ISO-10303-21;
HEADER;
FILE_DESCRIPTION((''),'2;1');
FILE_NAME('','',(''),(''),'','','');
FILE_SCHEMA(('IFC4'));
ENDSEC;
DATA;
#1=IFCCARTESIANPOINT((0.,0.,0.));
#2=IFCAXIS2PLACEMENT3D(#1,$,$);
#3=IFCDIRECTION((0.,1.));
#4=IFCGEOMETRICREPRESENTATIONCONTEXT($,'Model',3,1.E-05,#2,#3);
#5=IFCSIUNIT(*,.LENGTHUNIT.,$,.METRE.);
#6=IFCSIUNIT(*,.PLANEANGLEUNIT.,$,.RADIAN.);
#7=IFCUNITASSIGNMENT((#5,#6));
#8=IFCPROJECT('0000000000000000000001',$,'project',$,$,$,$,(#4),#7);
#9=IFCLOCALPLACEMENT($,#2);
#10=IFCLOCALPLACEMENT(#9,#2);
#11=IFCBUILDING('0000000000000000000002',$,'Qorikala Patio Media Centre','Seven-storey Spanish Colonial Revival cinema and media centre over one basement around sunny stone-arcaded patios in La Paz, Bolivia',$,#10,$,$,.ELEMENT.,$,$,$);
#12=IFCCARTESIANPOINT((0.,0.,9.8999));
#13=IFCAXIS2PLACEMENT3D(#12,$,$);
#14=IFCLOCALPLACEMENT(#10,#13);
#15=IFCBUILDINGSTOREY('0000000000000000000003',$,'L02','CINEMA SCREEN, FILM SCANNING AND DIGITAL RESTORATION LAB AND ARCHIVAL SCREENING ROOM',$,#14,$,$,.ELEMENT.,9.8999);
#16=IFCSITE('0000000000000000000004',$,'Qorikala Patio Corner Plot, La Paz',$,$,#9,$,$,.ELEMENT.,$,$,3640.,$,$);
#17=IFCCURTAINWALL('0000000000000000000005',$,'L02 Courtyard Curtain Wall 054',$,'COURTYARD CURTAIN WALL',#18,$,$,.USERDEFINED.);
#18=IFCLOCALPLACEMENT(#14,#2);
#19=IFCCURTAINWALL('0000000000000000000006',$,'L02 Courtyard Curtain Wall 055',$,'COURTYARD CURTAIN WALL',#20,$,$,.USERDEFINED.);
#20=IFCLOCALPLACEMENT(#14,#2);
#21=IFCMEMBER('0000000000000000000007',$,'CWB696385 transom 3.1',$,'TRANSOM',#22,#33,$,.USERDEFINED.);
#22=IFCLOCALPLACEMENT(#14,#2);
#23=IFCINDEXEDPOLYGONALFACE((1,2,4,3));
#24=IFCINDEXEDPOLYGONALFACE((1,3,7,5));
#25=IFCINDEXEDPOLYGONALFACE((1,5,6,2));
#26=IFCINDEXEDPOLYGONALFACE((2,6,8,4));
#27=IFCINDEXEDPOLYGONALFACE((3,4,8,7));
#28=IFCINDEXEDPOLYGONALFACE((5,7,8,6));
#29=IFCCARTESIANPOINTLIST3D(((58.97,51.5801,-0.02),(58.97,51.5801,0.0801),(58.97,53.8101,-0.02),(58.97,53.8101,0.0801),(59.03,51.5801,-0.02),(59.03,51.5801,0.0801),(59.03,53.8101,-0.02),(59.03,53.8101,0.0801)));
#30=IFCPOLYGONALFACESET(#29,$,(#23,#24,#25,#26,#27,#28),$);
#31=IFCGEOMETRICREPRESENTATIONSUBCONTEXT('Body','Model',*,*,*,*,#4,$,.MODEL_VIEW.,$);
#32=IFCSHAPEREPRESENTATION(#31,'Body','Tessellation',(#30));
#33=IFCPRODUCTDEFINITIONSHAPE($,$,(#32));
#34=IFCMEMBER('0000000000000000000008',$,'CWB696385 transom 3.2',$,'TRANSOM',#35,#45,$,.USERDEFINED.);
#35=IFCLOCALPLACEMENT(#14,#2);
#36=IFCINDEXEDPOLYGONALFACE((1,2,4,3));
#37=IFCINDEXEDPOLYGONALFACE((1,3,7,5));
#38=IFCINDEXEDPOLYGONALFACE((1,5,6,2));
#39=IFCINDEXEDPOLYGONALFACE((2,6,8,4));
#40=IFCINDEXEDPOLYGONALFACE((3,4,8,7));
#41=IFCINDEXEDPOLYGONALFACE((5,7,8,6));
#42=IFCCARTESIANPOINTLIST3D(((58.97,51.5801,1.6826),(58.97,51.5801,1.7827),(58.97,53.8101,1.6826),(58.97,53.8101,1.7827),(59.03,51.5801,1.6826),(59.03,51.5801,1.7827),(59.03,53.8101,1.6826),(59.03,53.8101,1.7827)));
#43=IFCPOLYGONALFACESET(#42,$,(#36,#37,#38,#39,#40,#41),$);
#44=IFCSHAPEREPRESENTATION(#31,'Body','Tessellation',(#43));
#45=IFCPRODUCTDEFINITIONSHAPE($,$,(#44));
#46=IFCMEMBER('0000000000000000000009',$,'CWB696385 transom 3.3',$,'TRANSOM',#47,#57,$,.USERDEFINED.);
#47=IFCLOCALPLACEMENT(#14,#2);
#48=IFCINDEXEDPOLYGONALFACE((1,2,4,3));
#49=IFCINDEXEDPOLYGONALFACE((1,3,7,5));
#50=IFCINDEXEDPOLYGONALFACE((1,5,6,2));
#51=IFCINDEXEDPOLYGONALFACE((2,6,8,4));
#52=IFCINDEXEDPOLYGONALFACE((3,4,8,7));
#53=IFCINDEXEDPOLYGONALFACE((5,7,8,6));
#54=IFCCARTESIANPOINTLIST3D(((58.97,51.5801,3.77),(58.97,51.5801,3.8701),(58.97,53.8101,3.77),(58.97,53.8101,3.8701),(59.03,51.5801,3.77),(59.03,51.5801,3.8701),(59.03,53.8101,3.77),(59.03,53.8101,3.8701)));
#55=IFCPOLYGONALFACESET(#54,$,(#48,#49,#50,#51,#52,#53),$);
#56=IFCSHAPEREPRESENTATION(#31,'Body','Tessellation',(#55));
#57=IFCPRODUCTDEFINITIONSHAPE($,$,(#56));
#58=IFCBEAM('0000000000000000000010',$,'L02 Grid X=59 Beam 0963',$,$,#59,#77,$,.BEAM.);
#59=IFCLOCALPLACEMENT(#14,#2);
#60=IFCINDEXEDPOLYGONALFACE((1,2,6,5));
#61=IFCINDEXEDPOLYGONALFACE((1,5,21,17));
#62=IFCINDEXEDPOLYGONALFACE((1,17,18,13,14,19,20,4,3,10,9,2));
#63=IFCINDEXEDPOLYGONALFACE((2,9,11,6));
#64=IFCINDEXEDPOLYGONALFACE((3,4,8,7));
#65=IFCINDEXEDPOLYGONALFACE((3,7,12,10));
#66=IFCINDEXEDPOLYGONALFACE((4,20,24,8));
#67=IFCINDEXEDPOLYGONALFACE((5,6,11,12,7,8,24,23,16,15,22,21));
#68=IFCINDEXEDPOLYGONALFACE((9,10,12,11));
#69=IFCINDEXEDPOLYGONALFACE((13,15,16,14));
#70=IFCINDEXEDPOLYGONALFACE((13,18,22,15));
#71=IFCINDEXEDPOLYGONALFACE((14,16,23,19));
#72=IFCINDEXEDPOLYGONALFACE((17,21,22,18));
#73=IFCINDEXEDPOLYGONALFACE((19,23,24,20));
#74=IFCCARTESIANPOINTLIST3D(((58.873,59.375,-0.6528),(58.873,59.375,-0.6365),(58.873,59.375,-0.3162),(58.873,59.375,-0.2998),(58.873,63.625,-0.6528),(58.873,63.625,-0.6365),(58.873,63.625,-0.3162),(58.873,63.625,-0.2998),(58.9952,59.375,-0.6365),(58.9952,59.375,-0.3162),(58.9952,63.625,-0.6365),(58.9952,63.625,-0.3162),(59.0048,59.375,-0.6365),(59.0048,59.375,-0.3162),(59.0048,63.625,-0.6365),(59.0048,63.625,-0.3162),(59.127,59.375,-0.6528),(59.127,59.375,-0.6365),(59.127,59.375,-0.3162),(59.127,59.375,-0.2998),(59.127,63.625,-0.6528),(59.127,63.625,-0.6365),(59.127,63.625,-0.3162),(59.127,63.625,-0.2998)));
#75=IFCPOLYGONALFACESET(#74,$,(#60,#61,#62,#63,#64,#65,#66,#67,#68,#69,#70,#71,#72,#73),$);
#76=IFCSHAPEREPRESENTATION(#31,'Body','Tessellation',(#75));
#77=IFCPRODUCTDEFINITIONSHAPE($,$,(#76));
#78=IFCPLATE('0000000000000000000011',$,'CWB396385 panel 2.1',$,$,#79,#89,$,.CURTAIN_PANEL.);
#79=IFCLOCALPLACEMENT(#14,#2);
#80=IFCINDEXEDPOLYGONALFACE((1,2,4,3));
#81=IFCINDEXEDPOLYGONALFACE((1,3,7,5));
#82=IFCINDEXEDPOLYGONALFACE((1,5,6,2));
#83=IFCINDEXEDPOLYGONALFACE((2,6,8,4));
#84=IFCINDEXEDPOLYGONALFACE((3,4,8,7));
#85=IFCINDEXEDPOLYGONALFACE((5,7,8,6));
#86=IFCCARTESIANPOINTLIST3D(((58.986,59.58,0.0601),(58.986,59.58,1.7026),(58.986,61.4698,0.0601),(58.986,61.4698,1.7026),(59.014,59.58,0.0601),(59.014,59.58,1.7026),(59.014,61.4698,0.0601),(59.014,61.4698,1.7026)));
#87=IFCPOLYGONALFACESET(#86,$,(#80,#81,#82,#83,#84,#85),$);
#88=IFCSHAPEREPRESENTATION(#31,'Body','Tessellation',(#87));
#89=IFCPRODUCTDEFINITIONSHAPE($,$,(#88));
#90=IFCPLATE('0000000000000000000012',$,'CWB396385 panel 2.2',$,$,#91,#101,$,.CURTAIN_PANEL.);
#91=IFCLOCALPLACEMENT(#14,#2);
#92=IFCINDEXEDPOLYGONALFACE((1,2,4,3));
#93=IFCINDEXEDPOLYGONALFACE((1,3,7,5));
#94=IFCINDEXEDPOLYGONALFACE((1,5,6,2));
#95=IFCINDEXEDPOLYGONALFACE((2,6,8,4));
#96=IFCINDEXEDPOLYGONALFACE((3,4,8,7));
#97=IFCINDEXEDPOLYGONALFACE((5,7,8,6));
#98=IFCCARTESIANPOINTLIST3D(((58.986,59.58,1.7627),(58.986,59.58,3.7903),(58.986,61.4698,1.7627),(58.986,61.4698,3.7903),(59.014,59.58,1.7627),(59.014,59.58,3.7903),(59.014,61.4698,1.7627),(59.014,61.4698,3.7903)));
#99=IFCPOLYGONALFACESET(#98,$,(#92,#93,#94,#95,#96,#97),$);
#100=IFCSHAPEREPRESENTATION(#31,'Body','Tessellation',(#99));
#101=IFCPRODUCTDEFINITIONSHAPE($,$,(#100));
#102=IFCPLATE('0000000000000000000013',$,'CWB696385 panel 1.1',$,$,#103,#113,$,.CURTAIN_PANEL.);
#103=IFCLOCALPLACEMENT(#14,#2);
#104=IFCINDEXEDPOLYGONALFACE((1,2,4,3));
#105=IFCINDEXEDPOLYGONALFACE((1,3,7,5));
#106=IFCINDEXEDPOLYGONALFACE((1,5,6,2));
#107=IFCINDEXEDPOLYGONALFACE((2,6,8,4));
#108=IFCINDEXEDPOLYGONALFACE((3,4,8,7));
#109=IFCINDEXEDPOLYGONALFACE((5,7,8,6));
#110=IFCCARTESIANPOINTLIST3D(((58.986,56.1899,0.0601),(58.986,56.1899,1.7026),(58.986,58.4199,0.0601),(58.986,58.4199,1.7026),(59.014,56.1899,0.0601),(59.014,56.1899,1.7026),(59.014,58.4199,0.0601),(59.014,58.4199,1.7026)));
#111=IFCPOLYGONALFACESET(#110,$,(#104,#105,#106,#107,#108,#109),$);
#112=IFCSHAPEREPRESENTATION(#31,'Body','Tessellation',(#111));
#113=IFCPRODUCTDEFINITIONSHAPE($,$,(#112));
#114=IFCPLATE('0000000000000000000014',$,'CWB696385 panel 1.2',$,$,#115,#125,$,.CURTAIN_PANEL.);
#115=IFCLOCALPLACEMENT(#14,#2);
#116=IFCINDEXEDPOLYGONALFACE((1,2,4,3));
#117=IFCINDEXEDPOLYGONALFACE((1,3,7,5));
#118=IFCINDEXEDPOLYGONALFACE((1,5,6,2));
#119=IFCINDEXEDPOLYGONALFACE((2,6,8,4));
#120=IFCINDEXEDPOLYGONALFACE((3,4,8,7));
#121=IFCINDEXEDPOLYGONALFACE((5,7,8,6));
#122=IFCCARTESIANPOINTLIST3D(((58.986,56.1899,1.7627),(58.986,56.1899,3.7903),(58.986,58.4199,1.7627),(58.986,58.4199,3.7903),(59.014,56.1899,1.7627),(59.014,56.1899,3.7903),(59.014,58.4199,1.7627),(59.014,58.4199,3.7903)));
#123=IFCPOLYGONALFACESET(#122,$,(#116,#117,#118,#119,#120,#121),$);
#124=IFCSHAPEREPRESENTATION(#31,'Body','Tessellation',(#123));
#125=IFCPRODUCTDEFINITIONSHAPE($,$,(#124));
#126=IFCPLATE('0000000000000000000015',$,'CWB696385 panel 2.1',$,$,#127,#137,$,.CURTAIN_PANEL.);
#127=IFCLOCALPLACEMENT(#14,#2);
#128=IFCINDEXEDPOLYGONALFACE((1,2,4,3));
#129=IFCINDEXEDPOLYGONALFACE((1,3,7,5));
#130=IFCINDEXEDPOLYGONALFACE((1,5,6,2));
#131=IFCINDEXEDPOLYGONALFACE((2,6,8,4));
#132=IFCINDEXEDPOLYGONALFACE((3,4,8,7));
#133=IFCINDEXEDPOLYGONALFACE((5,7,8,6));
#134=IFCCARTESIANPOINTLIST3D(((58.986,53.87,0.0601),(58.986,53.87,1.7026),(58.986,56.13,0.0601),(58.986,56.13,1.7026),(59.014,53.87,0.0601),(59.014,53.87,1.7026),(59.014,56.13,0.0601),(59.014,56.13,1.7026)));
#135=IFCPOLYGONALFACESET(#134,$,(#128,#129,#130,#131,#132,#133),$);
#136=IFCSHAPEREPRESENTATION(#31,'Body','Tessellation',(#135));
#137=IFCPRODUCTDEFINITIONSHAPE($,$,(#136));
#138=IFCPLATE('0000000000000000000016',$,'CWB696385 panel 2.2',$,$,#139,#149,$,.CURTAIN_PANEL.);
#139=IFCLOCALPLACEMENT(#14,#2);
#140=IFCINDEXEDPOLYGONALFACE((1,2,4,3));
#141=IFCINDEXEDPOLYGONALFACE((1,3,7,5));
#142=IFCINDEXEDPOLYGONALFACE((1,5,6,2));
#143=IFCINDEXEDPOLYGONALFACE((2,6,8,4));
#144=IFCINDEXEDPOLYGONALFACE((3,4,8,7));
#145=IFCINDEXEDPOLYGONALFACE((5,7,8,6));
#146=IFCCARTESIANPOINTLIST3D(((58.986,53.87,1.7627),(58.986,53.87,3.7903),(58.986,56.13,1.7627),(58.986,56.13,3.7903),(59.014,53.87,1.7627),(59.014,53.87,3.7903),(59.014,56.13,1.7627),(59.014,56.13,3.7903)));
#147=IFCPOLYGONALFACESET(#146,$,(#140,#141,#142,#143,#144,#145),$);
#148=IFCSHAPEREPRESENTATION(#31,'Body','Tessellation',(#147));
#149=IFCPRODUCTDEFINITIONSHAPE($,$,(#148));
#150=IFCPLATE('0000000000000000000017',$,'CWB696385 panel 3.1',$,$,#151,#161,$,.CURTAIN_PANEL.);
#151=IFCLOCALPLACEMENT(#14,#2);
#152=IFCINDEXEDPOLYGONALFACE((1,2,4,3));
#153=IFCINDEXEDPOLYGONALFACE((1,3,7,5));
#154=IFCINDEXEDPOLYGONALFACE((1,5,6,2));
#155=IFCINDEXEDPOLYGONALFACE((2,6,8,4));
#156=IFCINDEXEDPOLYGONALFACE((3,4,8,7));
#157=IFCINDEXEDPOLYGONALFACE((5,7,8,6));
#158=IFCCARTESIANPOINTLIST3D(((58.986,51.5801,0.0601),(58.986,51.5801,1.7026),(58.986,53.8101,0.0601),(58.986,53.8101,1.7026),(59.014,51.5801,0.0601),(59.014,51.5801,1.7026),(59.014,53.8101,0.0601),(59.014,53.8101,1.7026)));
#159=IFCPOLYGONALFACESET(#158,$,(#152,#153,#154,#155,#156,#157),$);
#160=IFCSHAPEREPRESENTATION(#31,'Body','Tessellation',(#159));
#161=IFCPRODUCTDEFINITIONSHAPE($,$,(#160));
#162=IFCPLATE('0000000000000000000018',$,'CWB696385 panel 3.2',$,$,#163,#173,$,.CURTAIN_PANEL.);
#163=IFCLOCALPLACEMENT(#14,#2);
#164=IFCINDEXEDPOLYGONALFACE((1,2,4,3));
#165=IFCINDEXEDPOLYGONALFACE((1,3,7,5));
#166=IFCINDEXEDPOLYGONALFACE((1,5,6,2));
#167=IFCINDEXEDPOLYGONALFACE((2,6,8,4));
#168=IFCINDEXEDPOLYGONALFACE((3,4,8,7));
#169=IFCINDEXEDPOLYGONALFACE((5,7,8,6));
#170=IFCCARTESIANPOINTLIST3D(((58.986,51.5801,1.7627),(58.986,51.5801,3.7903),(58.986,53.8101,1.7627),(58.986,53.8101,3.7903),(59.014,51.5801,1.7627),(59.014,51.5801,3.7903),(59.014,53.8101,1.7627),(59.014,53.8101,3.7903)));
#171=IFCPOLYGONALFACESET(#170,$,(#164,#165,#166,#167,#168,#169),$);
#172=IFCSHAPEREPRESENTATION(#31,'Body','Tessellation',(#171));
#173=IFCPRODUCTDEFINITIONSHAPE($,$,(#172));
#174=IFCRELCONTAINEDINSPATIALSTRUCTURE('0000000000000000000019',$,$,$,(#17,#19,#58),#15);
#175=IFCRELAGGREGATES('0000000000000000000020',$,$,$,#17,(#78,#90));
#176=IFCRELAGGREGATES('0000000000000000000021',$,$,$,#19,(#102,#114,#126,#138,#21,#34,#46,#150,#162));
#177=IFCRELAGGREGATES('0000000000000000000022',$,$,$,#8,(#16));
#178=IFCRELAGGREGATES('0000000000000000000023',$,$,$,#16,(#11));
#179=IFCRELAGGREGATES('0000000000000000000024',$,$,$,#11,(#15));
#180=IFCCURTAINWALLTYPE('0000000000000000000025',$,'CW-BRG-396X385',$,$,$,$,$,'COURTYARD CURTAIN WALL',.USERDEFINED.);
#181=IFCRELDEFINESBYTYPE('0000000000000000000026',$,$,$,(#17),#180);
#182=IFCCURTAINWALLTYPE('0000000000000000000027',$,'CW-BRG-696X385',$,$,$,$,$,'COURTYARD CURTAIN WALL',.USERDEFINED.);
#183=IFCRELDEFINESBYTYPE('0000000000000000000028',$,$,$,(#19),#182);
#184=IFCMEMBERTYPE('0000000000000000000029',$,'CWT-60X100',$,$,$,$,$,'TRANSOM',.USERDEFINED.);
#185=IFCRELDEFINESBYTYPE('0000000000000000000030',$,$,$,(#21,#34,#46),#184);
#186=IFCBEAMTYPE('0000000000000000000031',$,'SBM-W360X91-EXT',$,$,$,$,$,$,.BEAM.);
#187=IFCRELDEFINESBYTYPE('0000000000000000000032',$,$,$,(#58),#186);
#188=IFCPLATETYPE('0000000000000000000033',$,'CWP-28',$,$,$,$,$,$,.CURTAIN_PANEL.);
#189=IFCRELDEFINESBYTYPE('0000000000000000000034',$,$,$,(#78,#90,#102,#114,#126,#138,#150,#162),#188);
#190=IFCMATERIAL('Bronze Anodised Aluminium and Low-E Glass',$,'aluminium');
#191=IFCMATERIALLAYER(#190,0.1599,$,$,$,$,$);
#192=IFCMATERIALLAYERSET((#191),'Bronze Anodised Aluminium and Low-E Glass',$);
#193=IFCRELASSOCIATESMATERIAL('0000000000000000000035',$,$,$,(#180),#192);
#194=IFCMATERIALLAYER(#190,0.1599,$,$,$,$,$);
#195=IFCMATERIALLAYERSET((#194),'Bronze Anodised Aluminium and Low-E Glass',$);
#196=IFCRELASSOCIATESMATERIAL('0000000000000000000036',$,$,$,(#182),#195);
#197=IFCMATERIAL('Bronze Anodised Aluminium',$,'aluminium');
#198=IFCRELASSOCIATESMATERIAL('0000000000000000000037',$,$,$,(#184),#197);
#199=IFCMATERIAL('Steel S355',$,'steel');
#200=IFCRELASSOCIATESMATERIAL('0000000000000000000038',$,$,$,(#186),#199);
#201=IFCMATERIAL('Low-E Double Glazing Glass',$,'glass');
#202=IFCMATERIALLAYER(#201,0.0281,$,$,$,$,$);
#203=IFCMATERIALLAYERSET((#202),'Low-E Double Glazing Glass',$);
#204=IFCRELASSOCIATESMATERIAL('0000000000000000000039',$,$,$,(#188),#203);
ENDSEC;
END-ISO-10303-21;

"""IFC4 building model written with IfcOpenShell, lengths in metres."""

from ifc_helpers import new_model, si_unit, direction, frame, origin, origin_2d, place, context, subcontext, project, spatial, rectangle, i_section, extrude, material, layer, layer_set, material_profile, profile_set, type_object, element, aggregate, save


model = new_model("IFC4")

# Units and contexts
model_context = context("Model", 3, precision=1e-05, world=origin(), true_north=direction((0.0, 1.0)))
body_context = subcontext(model_context, "Body", "Model", "MODEL_VIEW")
ifc_project = project(units=[si_unit("LENGTHUNIT", "METRE"), si_unit("PLANEANGLEUNIT", "RADIAN")], contexts=[model_context])

# Site, building, storey
site_placement = place(None, origin())
site = spatial("IfcSite", under=ifc_project, at=site_placement, Name="Qorikala Patio Corner Plot, La Paz", CompositionType="ELEMENT", RefElevation=3640.0)
building_placement = place(site_placement, origin())
building = spatial("IfcBuilding", under=site, at=building_placement, Name="Qorikala Patio Media Centre", Description="Seven-storey Spanish Colonial Revival cinema and media centre over one basement around sunny stone-arcaded patios in La Paz, Bolivia", CompositionType="ELEMENT")
storey_placement = place(building_placement, frame((0.0, 0.0, 9.8999)))
storey = spatial("IfcBuildingStorey", under=building, at=storey_placement, Name="L02", Description="CINEMA SCREEN, FILM SCANNING AND DIGITAL RESTORATION LAB AND ARCHIVAL SCREENING ROOM", CompositionType="ELEMENT", Elevation=9.8999)

# Curtain wall
ifc_material_1 = material(Name="Bronze Anodised Aluminium and Low-E Glass", Category="aluminium")
ifc_layer_1 = layer(ifc_material_1, 0.1599)
ifc_layer_set_1 = layer_set([ifc_layer_1], Name="Bronze Anodised Aluminium and Low-E Glass")
curtain_wall_type_1 = type_object("IfcCurtainWallType", Name="CW-BRG-396X385", ElementType="COURTYARD CURTAIN WALL", PredefinedType="USERDEFINED", material=ifc_layer_set_1)
curtain_wall_1_placement = place(storey_placement, origin())
curtain_wall_1 = element("IfcCurtainWall", 1, at=curtain_wall_1_placement, inside=storey, type_object=curtain_wall_type_1, Name="L02 Courtyard Curtain Wall 054", ObjectType="COURTYARD CURTAIN WALL", PredefinedType="USERDEFINED")
ifc_material_2 = material(Name="Bronze Anodised Aluminium", Category="aluminium")

# Curtain wall
ifc_layer_2 = layer(ifc_material_1, 0.1599)
ifc_layer_set_2 = layer_set([ifc_layer_2], Name="Bronze Anodised Aluminium and Low-E Glass")
curtain_wall_type_2 = type_object("IfcCurtainWallType", Name="CW-BRG-696X385", ElementType="COURTYARD CURTAIN WALL", PredefinedType="USERDEFINED", material=ifc_layer_set_2)
curtain_wall_2_placement = place(storey_placement, origin())
curtain_wall_2 = element("IfcCurtainWall", 2, at=curtain_wall_2_placement, inside=storey, type_object=curtain_wall_type_2, Name="L02 Courtyard Curtain Wall 055", ObjectType="COURTYARD CURTAIN WALL", PredefinedType="USERDEFINED")

# Members
ifc_material_profile_1 = material_profile(ifc_material_2, rectangle(XDim=0.0601, YDim=0.1001, at=origin_2d()), Name="ALU TRANSOM 60x100")
ifc_profile_set_1 = profile_set([ifc_material_profile_1], Name="Bronze Anodised Aluminium")
member_type_1 = type_object("IfcMemberType", Name="CWT-60X100", ElementType="TRANSOM", PredefinedType="USERDEFINED", material=ifc_profile_set_1)
member_1_placement = place(storey_placement, frame((59.0, 53.8101, 0.03), z_axis=(0.0, -1.0, 0.0), x_axis=(1.0, 0.0, 0.0)))
member_1 = element("IfcMember", 3, at=member_1_placement, type_object=member_type_1, Name="CWB696385 transom 3.1", ObjectType="TRANSOM", PredefinedType="USERDEFINED", context=body_context, shape_type="SweptSolid", body=[
    extrude(rectangle(XDim=0.0601, YDim=0.1001, at=origin_2d()), origin(), (0.0, 0.0, 1.0), 2.23),
])
member_2_placement = place(storey_placement, frame((59.0, 53.8101, 1.7327), z_axis=(0.0, -1.0, 0.0), x_axis=(1.0, 0.0, 0.0)))
member_2 = element("IfcMember", 4, at=member_2_placement, type_object=member_type_1, Name="CWB696385 transom 3.2", ObjectType="TRANSOM", PredefinedType="USERDEFINED", context=body_context, shape_type="SweptSolid", body=[
    extrude(rectangle(XDim=0.0601, YDim=0.1001, at=origin_2d()), origin(), (0.0, 0.0, 1.0), 2.23),
])
member_3_placement = place(storey_placement, frame((59.0, 53.8101, 3.8201), z_axis=(0.0, -1.0, 0.0), x_axis=(1.0, 0.0, 0.0)))
member_3 = element("IfcMember", 5, at=member_3_placement, type_object=member_type_1, Name="CWB696385 transom 3.3", ObjectType="TRANSOM", PredefinedType="USERDEFINED", context=body_context, shape_type="SweptSolid", body=[
    extrude(rectangle(XDim=0.0601, YDim=0.1001, at=origin_2d()), origin(), (0.0, 0.0, 1.0), 2.23),
])

# Beam
ifc_material_3 = material(Name="Steel S355", Category="steel")
ifc_material_profile_2 = material_profile(ifc_material_3, i_section(OverallWidth=0.2539, OverallDepth=0.353, WebThickness=0.0095, FlangeThickness=0.0164, at=origin_2d()), Name="W360X91")
ifc_profile_set_2 = profile_set([ifc_material_profile_2], Name="Steel S355")
beam_type = type_object("IfcBeamType", Name="SBM-W360X91-EXT", PredefinedType="BEAM", material=ifc_profile_set_2)
beam_placement = place(storey_placement, frame((59.0, 59.375, -0.4763), z_axis=(0.0, 1.0, 0.0), x_axis=(-1.0, 0.0, 0.0)))
element("IfcBeam", 6, at=beam_placement, inside=storey, type_object=beam_type, Name="L02 Grid X=59 Beam 0963", PredefinedType="BEAM", context=body_context, shape_type="SweptSolid", body=[
    extrude(i_section(OverallWidth=0.2539, OverallDepth=0.353, WebThickness=0.0095, FlangeThickness=0.0164, at=origin_2d()), origin(), (0.0, 0.0, 1.0), 4.25),
])

# Plates
ifc_material_4 = material(Name="Low-E Double Glazing Glass", Category="glass")
ifc_layer_3 = layer(ifc_material_4, 0.0281)
ifc_layer_set_3 = layer_set([ifc_layer_3], Name="Low-E Double Glazing Glass")
plate_type = type_object("IfcPlateType", Name="CWP-28", PredefinedType="CURTAIN_PANEL", material=ifc_layer_set_3)
plate_1_placement = place(storey_placement, frame((59.0, 60.5249, 0.0601), z_axis=(0.0, 0.0, 1.0), x_axis=(0.0, -1.0, 0.0)))
plate_1 = element("IfcPlate", 7, at=plate_1_placement, type_object=plate_type, Name="CWB396385 panel 2.1", PredefinedType="CURTAIN_PANEL", context=body_context, shape_type="SweptSolid", body=[
    extrude(rectangle(XDim=1.8899, YDim=0.0281, at=origin_2d()), origin(), (0.0, 0.0, 1.0), 1.6426),
])
plate_2_placement = place(storey_placement, frame((59.0, 60.5249, 1.7627), z_axis=(0.0, 0.0, 1.0), x_axis=(0.0, -1.0, 0.0)))
plate_2 = element("IfcPlate", 8, at=plate_2_placement, type_object=plate_type, Name="CWB396385 panel 2.2", PredefinedType="CURTAIN_PANEL", context=body_context, shape_type="SweptSolid", body=[
    extrude(rectangle(XDim=1.8899, YDim=0.0281, at=origin_2d()), origin(), (0.0, 0.0, 1.0), 2.0276),
])
aggregate(curtain_wall_1, [plate_1, plate_2])
plate_3_placement = place(storey_placement, frame((59.0, 57.3049, 0.0601), z_axis=(0.0, 0.0, 1.0), x_axis=(0.0, -1.0, 0.0)))
plate_3 = element("IfcPlate", 9, at=plate_3_placement, type_object=plate_type, Name="CWB696385 panel 1.1", PredefinedType="CURTAIN_PANEL", context=body_context, shape_type="SweptSolid", body=[
    extrude(rectangle(XDim=2.23, YDim=0.0281, at=origin_2d()), origin(), (0.0, 0.0, 1.0), 1.6426),
])
plate_4_placement = place(storey_placement, frame((59.0, 57.3049, 1.7627), z_axis=(0.0, 0.0, 1.0), x_axis=(0.0, -1.0, 0.0)))
plate_4 = element("IfcPlate", 10, at=plate_4_placement, type_object=plate_type, Name="CWB696385 panel 1.2", PredefinedType="CURTAIN_PANEL", context=body_context, shape_type="SweptSolid", body=[
    extrude(rectangle(XDim=2.23, YDim=0.0281, at=origin_2d()), origin(), (0.0, 0.0, 1.0), 2.0276),
])
plate_5_placement = place(storey_placement, frame((59.0, 55.0, 0.0601), z_axis=(0.0, 0.0, 1.0), x_axis=(0.0, -1.0, 0.0)))
plate_5 = element("IfcPlate", 11, at=plate_5_placement, type_object=plate_type, Name="CWB696385 panel 2.1", PredefinedType="CURTAIN_PANEL", context=body_context, shape_type="SweptSolid", body=[
    extrude(rectangle(XDim=2.26, YDim=0.0281, at=origin_2d()), origin(), (0.0, 0.0, 1.0), 1.6426),
])
plate_6_placement = place(storey_placement, frame((59.0, 55.0, 1.7627), z_axis=(0.0, 0.0, 1.0), x_axis=(0.0, -1.0, 0.0)))
plate_6 = element("IfcPlate", 12, at=plate_6_placement, type_object=plate_type, Name="CWB696385 panel 2.2", PredefinedType="CURTAIN_PANEL", context=body_context, shape_type="SweptSolid", body=[
    extrude(rectangle(XDim=2.26, YDim=0.0281, at=origin_2d()), origin(), (0.0, 0.0, 1.0), 2.0276),
])
plate_7_placement = place(storey_placement, frame((59.0, 52.6951, 0.0601), z_axis=(0.0, 0.0, 1.0), x_axis=(0.0, -1.0, 0.0)))
plate_7 = element("IfcPlate", 13, at=plate_7_placement, type_object=plate_type, Name="CWB696385 panel 3.1", PredefinedType="CURTAIN_PANEL", context=body_context, shape_type="SweptSolid", body=[
    extrude(rectangle(XDim=2.23, YDim=0.0281, at=origin_2d()), origin(), (0.0, 0.0, 1.0), 1.6426),
])
plate_8_placement = place(storey_placement, frame((59.0, 52.6951, 1.7627), z_axis=(0.0, 0.0, 1.0), x_axis=(0.0, -1.0, 0.0)))
plate_8 = element("IfcPlate", 14, at=plate_8_placement, type_object=plate_type, Name="CWB696385 panel 3.2", PredefinedType="CURTAIN_PANEL", context=body_context, shape_type="SweptSolid", body=[
    extrude(rectangle(XDim=2.23, YDim=0.0281, at=origin_2d()), origin(), (0.0, 0.0, 1.0), 2.0276),
])
aggregate(curtain_wall_2, [plate_3, plate_4, plate_5, plate_6, member_1, member_2, member_3, plate_7, plate_8])

save(model, "model.ifc")
